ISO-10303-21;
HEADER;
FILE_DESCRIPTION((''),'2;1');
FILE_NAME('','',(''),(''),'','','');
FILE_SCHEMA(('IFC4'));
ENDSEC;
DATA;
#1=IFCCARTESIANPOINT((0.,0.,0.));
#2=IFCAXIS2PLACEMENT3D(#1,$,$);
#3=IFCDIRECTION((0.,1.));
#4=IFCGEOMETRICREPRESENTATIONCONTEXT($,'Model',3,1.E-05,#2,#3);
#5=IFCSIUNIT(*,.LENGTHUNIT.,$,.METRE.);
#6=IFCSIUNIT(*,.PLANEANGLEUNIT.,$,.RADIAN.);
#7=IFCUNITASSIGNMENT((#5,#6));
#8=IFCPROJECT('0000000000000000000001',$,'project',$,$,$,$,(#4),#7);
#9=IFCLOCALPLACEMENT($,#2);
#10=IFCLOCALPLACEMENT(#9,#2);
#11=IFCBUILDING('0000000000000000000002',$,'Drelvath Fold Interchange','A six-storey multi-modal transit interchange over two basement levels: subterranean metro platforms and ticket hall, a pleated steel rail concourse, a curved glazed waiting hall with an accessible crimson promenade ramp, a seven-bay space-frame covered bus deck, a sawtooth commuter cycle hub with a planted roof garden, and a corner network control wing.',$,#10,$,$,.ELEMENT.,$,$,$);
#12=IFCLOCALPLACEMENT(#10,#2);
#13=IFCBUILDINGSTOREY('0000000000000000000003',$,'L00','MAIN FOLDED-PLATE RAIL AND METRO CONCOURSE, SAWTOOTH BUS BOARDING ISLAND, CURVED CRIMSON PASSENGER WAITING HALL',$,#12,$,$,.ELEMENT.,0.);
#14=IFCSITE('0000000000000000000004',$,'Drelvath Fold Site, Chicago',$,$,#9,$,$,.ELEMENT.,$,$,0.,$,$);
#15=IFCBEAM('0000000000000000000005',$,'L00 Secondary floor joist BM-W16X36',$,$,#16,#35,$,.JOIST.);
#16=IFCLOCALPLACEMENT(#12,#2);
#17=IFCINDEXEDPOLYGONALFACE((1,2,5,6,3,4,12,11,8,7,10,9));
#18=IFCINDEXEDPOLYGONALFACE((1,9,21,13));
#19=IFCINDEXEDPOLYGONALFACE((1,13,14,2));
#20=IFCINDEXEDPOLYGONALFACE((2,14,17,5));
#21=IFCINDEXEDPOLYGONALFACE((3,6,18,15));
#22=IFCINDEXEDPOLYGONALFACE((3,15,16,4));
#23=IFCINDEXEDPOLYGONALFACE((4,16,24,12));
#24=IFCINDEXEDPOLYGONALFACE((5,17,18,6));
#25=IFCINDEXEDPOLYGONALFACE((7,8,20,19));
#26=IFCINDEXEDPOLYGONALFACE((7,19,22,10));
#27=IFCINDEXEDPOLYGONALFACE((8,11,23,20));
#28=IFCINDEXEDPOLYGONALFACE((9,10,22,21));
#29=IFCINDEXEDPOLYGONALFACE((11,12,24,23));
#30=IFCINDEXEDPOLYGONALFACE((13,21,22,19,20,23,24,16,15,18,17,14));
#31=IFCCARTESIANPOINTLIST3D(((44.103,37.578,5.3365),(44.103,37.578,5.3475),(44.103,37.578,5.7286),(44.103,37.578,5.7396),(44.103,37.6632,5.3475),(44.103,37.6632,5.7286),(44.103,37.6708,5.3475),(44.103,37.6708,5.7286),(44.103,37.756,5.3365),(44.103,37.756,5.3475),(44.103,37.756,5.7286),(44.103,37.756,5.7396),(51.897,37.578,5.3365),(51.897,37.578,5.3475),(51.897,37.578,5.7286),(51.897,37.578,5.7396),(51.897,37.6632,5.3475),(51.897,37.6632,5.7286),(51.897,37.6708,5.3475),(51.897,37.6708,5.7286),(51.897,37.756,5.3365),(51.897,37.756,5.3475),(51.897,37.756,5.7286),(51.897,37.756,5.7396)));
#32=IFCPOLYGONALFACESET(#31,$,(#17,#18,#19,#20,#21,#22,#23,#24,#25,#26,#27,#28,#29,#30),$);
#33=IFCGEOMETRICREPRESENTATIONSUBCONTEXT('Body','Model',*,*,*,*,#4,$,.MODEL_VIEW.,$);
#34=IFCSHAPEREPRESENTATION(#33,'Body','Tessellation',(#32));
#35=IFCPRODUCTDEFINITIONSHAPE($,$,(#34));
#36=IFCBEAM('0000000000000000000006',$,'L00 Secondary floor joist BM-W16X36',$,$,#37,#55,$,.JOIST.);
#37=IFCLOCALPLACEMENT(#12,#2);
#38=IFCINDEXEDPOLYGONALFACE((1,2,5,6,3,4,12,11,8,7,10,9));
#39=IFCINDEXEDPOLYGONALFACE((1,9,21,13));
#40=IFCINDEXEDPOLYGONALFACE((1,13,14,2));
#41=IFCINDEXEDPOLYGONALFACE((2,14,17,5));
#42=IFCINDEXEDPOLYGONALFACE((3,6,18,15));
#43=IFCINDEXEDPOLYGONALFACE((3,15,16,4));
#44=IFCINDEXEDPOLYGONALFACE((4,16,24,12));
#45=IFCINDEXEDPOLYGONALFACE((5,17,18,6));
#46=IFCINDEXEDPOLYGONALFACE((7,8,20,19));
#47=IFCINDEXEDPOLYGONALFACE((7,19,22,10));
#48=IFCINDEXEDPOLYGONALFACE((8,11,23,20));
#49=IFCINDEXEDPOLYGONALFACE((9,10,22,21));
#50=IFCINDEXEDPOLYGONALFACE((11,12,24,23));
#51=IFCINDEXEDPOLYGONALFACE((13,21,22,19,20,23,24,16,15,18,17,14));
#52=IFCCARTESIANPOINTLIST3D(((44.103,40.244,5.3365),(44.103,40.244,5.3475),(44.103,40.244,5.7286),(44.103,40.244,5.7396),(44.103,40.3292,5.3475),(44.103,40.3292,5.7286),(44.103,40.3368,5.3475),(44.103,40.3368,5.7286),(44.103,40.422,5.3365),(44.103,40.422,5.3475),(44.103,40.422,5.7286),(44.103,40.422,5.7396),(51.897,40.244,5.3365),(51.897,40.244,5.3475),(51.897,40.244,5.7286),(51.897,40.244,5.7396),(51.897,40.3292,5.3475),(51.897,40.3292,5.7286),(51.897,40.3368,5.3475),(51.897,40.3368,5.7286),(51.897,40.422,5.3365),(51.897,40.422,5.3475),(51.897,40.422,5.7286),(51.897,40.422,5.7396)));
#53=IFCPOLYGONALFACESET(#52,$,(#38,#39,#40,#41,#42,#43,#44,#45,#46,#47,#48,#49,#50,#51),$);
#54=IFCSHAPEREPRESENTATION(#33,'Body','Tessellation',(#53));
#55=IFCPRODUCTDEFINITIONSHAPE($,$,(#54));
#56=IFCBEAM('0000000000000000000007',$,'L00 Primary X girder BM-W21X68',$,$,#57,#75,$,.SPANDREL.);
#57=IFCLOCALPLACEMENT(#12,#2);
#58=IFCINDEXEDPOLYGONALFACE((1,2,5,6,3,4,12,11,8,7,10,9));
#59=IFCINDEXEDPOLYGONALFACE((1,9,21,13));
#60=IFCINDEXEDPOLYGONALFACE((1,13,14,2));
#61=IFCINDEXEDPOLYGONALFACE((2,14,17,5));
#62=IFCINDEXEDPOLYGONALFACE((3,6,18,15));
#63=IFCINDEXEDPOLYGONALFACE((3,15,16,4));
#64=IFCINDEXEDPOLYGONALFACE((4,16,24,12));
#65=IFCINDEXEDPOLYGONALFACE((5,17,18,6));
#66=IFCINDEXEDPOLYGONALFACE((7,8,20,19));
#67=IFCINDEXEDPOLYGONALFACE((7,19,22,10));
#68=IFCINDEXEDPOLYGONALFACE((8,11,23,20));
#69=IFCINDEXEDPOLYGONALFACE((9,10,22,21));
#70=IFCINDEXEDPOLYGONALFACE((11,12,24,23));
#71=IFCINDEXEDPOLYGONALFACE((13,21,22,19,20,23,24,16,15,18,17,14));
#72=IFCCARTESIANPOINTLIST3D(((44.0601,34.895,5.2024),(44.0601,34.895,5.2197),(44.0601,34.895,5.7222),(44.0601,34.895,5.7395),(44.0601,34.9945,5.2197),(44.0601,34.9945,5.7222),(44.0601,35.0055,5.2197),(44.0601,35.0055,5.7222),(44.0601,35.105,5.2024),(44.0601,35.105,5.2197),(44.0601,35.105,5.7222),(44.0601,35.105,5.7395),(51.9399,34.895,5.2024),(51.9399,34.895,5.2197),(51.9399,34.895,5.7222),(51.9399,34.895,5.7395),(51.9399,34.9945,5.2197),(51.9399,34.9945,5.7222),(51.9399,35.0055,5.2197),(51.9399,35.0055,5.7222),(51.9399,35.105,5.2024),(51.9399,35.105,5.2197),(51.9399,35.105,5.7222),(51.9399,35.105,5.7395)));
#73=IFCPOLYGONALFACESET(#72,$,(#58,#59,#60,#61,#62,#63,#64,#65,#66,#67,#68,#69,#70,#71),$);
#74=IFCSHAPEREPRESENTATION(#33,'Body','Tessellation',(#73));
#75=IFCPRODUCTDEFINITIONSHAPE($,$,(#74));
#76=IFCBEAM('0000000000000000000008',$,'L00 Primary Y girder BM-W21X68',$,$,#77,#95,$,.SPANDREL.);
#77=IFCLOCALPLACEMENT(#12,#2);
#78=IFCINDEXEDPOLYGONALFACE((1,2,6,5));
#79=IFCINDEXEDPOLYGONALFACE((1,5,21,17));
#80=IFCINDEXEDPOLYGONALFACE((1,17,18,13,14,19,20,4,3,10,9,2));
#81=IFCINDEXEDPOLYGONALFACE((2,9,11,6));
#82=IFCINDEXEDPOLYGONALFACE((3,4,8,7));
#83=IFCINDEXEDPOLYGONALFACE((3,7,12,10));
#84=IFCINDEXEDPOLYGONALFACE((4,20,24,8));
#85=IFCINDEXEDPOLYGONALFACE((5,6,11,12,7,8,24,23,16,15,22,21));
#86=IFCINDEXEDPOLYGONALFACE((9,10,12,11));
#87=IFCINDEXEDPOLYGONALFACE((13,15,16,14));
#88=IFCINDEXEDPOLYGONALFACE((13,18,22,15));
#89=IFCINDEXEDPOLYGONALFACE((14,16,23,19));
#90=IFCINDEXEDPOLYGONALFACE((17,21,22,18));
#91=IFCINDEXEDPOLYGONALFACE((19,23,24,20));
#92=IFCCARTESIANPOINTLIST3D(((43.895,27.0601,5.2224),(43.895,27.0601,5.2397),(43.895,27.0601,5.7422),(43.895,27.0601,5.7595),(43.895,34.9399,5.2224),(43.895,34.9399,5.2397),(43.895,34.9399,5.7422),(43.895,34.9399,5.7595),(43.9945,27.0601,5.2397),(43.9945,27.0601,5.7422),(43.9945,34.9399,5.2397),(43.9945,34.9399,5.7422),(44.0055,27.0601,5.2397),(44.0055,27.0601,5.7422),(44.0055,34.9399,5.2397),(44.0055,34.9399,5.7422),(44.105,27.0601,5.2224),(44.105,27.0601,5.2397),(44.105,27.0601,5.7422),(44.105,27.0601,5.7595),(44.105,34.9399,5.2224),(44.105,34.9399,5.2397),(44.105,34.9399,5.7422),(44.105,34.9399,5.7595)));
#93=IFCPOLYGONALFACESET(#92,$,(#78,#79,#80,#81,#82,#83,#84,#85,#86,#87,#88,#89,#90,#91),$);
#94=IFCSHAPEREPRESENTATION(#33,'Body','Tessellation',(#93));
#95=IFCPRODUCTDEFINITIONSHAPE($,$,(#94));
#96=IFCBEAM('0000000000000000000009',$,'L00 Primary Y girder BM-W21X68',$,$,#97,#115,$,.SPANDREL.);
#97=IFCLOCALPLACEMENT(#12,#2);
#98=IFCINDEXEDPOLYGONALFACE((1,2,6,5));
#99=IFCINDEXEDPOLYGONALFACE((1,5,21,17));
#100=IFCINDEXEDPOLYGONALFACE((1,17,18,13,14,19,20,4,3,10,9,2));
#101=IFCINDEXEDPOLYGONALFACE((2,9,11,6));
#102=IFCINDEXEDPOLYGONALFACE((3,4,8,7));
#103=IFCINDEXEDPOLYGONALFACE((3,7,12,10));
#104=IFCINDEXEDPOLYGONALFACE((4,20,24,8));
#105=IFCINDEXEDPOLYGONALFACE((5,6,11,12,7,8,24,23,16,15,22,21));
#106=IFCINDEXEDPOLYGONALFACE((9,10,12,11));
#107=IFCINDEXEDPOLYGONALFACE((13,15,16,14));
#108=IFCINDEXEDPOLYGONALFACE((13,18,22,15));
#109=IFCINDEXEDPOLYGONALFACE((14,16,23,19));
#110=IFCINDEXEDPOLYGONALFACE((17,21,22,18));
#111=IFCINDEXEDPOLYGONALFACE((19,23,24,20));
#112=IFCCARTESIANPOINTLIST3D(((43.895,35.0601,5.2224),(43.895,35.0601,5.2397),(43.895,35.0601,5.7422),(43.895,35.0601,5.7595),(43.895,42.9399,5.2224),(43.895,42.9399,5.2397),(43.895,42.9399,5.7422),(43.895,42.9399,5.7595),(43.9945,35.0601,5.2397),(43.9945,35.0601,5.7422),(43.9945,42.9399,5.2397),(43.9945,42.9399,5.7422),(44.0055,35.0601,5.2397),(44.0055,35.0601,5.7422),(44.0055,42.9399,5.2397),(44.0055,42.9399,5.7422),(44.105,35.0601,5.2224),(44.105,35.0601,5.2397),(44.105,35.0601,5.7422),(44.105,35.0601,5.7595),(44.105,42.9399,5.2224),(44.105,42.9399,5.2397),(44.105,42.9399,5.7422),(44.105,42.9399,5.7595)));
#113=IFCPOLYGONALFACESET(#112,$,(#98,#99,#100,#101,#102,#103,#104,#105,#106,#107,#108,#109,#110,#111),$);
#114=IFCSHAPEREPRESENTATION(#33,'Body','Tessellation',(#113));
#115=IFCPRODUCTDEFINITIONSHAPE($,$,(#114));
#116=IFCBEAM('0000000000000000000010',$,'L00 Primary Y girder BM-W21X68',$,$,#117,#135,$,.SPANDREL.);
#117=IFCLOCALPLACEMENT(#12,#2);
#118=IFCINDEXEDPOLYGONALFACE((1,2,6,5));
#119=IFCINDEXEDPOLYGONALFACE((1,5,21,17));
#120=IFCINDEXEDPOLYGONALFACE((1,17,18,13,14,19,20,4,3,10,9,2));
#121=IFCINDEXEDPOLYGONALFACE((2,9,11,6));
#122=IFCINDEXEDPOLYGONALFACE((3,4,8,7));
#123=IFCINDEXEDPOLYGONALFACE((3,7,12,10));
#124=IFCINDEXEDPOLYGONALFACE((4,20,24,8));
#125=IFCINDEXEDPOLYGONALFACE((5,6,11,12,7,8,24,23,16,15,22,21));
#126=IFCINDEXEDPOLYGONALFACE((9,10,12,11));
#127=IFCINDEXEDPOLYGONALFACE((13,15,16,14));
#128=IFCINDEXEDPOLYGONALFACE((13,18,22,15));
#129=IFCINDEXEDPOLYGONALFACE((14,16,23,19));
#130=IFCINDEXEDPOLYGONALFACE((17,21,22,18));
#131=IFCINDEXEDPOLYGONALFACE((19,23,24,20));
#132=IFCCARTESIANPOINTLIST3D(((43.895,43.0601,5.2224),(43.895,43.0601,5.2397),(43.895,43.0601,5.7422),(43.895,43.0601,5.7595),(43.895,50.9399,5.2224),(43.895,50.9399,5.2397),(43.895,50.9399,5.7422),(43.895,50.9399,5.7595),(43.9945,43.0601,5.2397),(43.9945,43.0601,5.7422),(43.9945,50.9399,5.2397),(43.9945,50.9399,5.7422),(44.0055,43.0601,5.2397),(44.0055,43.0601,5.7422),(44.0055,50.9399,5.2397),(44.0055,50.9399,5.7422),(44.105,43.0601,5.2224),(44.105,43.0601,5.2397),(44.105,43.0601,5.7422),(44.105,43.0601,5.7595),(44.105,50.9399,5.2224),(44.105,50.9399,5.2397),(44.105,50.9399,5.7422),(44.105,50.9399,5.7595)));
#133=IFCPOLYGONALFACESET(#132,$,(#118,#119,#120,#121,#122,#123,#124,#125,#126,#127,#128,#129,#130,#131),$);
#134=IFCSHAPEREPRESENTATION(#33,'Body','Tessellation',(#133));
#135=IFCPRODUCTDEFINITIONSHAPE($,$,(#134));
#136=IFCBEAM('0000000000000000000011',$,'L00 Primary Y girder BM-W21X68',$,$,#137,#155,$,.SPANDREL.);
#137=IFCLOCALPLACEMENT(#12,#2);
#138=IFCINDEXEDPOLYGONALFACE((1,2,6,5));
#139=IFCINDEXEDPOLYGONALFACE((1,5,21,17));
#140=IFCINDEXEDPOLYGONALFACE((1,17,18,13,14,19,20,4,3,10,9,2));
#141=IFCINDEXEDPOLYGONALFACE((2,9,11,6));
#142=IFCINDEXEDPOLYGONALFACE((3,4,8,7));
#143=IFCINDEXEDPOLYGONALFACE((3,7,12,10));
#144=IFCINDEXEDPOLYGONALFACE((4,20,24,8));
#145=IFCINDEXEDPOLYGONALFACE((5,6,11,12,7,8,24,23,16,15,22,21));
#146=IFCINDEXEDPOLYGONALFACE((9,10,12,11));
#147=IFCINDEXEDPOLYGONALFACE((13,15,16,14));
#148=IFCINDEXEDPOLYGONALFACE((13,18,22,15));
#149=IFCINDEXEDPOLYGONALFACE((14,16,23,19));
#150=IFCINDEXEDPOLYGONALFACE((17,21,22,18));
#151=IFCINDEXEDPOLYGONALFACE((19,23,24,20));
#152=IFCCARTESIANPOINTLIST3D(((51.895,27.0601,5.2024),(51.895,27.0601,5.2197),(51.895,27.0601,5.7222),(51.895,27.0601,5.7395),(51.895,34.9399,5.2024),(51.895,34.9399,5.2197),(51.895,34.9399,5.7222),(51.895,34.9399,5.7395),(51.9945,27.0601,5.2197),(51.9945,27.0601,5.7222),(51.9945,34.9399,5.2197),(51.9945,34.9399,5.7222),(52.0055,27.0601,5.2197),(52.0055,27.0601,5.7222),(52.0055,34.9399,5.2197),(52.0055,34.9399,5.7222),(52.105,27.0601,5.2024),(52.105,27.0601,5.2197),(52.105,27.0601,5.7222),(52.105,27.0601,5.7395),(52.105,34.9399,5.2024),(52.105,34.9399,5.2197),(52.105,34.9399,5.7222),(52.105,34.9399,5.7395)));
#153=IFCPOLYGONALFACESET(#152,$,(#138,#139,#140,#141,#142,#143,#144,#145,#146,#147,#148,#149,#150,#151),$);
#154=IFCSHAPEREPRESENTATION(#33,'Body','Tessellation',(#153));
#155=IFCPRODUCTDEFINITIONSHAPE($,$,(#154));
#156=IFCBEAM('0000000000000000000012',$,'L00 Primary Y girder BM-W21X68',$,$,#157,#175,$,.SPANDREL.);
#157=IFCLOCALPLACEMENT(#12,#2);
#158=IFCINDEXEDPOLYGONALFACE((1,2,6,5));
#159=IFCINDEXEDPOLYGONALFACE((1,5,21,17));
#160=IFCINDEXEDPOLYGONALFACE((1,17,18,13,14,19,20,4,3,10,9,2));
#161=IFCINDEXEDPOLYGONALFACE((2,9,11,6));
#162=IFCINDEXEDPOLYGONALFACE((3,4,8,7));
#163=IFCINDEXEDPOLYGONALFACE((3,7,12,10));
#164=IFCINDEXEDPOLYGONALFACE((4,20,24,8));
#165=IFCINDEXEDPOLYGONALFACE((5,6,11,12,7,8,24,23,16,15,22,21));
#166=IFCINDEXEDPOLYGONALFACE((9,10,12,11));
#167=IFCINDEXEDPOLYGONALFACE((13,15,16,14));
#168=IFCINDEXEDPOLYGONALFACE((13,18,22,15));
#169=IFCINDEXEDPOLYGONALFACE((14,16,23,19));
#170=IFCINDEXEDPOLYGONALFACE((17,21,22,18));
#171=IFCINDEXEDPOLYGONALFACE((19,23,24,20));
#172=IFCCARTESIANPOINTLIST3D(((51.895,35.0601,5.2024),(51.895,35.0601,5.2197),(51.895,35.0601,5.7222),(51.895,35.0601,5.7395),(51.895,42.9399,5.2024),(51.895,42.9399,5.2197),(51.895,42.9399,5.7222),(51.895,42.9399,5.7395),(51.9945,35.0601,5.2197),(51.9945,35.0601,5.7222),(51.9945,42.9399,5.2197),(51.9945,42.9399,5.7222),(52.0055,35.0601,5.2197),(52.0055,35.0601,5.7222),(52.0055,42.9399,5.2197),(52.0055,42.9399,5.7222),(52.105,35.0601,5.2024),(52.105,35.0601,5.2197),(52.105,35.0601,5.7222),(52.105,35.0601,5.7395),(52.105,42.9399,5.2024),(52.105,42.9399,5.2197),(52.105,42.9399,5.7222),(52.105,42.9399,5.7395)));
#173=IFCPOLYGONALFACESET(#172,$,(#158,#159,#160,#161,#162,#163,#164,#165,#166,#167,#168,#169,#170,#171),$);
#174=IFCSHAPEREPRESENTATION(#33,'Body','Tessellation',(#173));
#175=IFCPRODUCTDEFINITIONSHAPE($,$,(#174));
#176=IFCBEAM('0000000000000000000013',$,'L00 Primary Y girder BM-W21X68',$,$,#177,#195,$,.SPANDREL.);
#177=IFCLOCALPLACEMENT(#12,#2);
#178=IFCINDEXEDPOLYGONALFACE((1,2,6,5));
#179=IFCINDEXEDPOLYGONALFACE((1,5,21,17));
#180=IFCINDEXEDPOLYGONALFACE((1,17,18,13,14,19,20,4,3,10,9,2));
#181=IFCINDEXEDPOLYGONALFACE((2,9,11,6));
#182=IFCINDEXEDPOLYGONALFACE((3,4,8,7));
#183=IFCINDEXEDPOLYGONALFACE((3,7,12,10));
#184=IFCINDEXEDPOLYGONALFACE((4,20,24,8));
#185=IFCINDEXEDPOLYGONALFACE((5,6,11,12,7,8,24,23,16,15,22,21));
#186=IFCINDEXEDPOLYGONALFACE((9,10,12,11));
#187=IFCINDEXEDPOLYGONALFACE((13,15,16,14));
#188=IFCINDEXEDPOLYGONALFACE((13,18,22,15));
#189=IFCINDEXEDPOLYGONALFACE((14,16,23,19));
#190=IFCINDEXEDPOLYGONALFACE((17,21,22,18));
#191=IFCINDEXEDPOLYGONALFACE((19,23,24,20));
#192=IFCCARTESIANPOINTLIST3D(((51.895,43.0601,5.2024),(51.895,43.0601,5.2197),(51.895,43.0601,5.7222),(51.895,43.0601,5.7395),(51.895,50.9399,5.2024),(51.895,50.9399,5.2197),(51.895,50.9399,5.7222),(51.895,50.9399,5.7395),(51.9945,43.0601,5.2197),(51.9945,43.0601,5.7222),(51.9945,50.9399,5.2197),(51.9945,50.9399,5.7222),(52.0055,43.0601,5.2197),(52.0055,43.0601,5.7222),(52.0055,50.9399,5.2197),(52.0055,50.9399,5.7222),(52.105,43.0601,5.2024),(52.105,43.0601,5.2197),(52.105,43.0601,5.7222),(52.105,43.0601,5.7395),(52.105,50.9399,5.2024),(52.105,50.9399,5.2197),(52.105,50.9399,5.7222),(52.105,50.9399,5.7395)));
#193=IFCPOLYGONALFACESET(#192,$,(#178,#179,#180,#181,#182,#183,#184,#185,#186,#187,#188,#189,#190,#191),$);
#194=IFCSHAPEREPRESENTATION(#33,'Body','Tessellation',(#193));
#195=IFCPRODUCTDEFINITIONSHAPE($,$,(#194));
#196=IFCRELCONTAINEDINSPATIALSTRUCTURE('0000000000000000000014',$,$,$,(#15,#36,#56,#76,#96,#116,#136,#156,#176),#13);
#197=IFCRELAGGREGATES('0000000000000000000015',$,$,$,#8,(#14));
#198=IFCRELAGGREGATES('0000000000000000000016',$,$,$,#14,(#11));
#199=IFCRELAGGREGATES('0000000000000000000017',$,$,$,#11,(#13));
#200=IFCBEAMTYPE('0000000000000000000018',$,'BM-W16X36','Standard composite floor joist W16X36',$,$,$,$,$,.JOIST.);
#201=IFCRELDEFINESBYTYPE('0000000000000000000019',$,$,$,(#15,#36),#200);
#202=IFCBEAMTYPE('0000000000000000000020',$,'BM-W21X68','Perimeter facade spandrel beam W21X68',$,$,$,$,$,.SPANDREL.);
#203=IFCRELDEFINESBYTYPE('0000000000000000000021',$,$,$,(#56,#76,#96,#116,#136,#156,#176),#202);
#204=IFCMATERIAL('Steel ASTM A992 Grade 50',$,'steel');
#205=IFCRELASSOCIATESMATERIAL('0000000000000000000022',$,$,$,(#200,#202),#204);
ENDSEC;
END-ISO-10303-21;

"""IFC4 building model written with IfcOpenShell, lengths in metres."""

from ifc_helpers import new_model, si_unit, direction, frame, origin, origin_2d, place, context, subcontext, project, spatial, i_section, extrude, material, material_profile, profile_set, type_object, element, save


model = new_model("IFC4")

# Units and contexts
model_context = context("Model", 3, precision=1e-05, world=origin(), true_north=direction((0.0, 1.0)))
body_context = subcontext(model_context, "Body", "Model", "MODEL_VIEW")
ifc_project = project(units=[si_unit("LENGTHUNIT", "METRE"), si_unit("PLANEANGLEUNIT", "RADIAN")], contexts=[model_context])

# Site, building, storey
site_placement = place(None, origin())
site = spatial("IfcSite", under=ifc_project, at=site_placement, Name="Drelvath Fold Site, Chicago", CompositionType="ELEMENT", RefElevation=0.0)
building_placement = place(site_placement, origin())
building = spatial("IfcBuilding", under=site, at=building_placement, Name="Drelvath Fold Interchange", Description="A six-storey multi-modal transit interchange over two basement levels: subterranean metro platforms and ticket hall, a pleated steel rail concourse, a curved glazed waiting hall with an accessible crimson promenade ramp, a seven-bay space-frame covered bus deck, a sawtooth commuter cycle hub with a planted roof garden, and a corner network control wing.", CompositionType="ELEMENT")
storey_placement = place(building_placement, origin())
storey = spatial("IfcBuildingStorey", under=building, at=storey_placement, Name="L00", Description="MAIN FOLDED-PLATE RAIL AND METRO CONCOURSE, SAWTOOTH BUS BOARDING ISLAND, CURVED CRIMSON PASSENGER WAITING HALL", CompositionType="ELEMENT", Elevation=0.0)

# Shared definitions
ifc_material_1 = material(Name="Steel ASTM A992 Grade 50", Category="steel")

# Beams
ifc_material_profile_1 = material_profile(ifc_material_1, i_section(OverallWidth=0.178, OverallDepth=0.4031, WebThickness=0.0076, FlangeThickness=0.011, at=origin_2d()), Name="W16X36")
ifc_profile_set_1 = profile_set([ifc_material_profile_1], Name="Steel ASTM A992 Grade 50")
beam_type_1 = type_object("IfcBeamType", Name="BM-W16X36", Description="Standard composite floor joist W16X36", PredefinedType="JOIST", material=ifc_profile_set_1)
for number, where, z_axis, x_axis, name in (
    (1, (44.103, 37.667, 5.5381), (1.0, 0.0, 0.0), (0.0, 1.0, 0.0), "L00 Secondary floor joist BM-W16X36"),
    (2, (44.103, 40.333, 5.5381), (1.0, 0.0, 0.0), (0.0, 1.0, 0.0), "L00 Secondary floor joist BM-W16X36"),
):
    element("IfcBeam", number, at=place(storey_placement, frame(where, z_axis=z_axis, x_axis=x_axis)), inside=storey, type_object=beam_type_1, Name=name, PredefinedType="JOIST", context=body_context, shape_type="SweptSolid", body=[
        extrude(i_section(OverallWidth=0.178, OverallDepth=0.4031, WebThickness=0.0076, FlangeThickness=0.011, at=origin_2d()), origin(), (0.0, 0.0, 1.0), 7.7939),
    ])
ifc_material_profile_2 = material_profile(ifc_material_1, i_section(OverallWidth=0.21, OverallDepth=0.5371, WebThickness=0.011, FlangeThickness=0.0173, at=origin_2d()), Name="W21X68")
ifc_profile_set_2 = profile_set([ifc_material_profile_2], Name="Steel ASTM A992 Grade 50")
beam_type_2 = type_object("IfcBeamType", Name="BM-W21X68", Description="Perimeter facade spandrel beam W21X68", PredefinedType="SPANDREL", material=ifc_profile_set_2)
for number, where, z_axis, x_axis, name in (
    (3, (44.0601, 35.0, 5.4709), (1.0, 0.0, 0.0), (0.0, 1.0, 0.0), "L00 Primary X girder BM-W21X68"),
    (4, (44.0, 27.0601, 5.491), (0.0, 1.0, 0.0), (-1.0, 0.0, 0.0), "L00 Primary Y girder BM-W21X68"),
    (5, (44.0, 35.0601, 5.491), (0.0, 1.0, 0.0), (-1.0, 0.0, 0.0), "L00 Primary Y girder BM-W21X68"),
    (6, (44.0, 43.0601, 5.491), (0.0, 1.0, 0.0), (-1.0, 0.0, 0.0), "L00 Primary Y girder BM-W21X68"),
    (7, (52.0, 27.0601, 5.4709), (0.0, 1.0, 0.0), (-1.0, 0.0, 0.0), "L00 Primary Y girder BM-W21X68"),
    (8, (52.0, 35.0601, 5.4709), (0.0, 1.0, 0.0), (-1.0, 0.0, 0.0), "L00 Primary Y girder BM-W21X68"),
    (9, (52.0, 43.0601, 5.4709), (0.0, 1.0, 0.0), (-1.0, 0.0, 0.0), "L00 Primary Y girder BM-W21X68"),
):
    element("IfcBeam", number, at=place(storey_placement, frame(where, z_axis=z_axis, x_axis=x_axis)), inside=storey, type_object=beam_type_2, Name=name, PredefinedType="SPANDREL", context=body_context, shape_type="SweptSolid", body=[
        extrude(i_section(OverallWidth=0.21, OverallDepth=0.5371, WebThickness=0.011, FlangeThickness=0.0173, at=origin_2d()), origin(), (0.0, 0.0, 1.0), 7.8799),
    ])

save(model, "model.ifc")
